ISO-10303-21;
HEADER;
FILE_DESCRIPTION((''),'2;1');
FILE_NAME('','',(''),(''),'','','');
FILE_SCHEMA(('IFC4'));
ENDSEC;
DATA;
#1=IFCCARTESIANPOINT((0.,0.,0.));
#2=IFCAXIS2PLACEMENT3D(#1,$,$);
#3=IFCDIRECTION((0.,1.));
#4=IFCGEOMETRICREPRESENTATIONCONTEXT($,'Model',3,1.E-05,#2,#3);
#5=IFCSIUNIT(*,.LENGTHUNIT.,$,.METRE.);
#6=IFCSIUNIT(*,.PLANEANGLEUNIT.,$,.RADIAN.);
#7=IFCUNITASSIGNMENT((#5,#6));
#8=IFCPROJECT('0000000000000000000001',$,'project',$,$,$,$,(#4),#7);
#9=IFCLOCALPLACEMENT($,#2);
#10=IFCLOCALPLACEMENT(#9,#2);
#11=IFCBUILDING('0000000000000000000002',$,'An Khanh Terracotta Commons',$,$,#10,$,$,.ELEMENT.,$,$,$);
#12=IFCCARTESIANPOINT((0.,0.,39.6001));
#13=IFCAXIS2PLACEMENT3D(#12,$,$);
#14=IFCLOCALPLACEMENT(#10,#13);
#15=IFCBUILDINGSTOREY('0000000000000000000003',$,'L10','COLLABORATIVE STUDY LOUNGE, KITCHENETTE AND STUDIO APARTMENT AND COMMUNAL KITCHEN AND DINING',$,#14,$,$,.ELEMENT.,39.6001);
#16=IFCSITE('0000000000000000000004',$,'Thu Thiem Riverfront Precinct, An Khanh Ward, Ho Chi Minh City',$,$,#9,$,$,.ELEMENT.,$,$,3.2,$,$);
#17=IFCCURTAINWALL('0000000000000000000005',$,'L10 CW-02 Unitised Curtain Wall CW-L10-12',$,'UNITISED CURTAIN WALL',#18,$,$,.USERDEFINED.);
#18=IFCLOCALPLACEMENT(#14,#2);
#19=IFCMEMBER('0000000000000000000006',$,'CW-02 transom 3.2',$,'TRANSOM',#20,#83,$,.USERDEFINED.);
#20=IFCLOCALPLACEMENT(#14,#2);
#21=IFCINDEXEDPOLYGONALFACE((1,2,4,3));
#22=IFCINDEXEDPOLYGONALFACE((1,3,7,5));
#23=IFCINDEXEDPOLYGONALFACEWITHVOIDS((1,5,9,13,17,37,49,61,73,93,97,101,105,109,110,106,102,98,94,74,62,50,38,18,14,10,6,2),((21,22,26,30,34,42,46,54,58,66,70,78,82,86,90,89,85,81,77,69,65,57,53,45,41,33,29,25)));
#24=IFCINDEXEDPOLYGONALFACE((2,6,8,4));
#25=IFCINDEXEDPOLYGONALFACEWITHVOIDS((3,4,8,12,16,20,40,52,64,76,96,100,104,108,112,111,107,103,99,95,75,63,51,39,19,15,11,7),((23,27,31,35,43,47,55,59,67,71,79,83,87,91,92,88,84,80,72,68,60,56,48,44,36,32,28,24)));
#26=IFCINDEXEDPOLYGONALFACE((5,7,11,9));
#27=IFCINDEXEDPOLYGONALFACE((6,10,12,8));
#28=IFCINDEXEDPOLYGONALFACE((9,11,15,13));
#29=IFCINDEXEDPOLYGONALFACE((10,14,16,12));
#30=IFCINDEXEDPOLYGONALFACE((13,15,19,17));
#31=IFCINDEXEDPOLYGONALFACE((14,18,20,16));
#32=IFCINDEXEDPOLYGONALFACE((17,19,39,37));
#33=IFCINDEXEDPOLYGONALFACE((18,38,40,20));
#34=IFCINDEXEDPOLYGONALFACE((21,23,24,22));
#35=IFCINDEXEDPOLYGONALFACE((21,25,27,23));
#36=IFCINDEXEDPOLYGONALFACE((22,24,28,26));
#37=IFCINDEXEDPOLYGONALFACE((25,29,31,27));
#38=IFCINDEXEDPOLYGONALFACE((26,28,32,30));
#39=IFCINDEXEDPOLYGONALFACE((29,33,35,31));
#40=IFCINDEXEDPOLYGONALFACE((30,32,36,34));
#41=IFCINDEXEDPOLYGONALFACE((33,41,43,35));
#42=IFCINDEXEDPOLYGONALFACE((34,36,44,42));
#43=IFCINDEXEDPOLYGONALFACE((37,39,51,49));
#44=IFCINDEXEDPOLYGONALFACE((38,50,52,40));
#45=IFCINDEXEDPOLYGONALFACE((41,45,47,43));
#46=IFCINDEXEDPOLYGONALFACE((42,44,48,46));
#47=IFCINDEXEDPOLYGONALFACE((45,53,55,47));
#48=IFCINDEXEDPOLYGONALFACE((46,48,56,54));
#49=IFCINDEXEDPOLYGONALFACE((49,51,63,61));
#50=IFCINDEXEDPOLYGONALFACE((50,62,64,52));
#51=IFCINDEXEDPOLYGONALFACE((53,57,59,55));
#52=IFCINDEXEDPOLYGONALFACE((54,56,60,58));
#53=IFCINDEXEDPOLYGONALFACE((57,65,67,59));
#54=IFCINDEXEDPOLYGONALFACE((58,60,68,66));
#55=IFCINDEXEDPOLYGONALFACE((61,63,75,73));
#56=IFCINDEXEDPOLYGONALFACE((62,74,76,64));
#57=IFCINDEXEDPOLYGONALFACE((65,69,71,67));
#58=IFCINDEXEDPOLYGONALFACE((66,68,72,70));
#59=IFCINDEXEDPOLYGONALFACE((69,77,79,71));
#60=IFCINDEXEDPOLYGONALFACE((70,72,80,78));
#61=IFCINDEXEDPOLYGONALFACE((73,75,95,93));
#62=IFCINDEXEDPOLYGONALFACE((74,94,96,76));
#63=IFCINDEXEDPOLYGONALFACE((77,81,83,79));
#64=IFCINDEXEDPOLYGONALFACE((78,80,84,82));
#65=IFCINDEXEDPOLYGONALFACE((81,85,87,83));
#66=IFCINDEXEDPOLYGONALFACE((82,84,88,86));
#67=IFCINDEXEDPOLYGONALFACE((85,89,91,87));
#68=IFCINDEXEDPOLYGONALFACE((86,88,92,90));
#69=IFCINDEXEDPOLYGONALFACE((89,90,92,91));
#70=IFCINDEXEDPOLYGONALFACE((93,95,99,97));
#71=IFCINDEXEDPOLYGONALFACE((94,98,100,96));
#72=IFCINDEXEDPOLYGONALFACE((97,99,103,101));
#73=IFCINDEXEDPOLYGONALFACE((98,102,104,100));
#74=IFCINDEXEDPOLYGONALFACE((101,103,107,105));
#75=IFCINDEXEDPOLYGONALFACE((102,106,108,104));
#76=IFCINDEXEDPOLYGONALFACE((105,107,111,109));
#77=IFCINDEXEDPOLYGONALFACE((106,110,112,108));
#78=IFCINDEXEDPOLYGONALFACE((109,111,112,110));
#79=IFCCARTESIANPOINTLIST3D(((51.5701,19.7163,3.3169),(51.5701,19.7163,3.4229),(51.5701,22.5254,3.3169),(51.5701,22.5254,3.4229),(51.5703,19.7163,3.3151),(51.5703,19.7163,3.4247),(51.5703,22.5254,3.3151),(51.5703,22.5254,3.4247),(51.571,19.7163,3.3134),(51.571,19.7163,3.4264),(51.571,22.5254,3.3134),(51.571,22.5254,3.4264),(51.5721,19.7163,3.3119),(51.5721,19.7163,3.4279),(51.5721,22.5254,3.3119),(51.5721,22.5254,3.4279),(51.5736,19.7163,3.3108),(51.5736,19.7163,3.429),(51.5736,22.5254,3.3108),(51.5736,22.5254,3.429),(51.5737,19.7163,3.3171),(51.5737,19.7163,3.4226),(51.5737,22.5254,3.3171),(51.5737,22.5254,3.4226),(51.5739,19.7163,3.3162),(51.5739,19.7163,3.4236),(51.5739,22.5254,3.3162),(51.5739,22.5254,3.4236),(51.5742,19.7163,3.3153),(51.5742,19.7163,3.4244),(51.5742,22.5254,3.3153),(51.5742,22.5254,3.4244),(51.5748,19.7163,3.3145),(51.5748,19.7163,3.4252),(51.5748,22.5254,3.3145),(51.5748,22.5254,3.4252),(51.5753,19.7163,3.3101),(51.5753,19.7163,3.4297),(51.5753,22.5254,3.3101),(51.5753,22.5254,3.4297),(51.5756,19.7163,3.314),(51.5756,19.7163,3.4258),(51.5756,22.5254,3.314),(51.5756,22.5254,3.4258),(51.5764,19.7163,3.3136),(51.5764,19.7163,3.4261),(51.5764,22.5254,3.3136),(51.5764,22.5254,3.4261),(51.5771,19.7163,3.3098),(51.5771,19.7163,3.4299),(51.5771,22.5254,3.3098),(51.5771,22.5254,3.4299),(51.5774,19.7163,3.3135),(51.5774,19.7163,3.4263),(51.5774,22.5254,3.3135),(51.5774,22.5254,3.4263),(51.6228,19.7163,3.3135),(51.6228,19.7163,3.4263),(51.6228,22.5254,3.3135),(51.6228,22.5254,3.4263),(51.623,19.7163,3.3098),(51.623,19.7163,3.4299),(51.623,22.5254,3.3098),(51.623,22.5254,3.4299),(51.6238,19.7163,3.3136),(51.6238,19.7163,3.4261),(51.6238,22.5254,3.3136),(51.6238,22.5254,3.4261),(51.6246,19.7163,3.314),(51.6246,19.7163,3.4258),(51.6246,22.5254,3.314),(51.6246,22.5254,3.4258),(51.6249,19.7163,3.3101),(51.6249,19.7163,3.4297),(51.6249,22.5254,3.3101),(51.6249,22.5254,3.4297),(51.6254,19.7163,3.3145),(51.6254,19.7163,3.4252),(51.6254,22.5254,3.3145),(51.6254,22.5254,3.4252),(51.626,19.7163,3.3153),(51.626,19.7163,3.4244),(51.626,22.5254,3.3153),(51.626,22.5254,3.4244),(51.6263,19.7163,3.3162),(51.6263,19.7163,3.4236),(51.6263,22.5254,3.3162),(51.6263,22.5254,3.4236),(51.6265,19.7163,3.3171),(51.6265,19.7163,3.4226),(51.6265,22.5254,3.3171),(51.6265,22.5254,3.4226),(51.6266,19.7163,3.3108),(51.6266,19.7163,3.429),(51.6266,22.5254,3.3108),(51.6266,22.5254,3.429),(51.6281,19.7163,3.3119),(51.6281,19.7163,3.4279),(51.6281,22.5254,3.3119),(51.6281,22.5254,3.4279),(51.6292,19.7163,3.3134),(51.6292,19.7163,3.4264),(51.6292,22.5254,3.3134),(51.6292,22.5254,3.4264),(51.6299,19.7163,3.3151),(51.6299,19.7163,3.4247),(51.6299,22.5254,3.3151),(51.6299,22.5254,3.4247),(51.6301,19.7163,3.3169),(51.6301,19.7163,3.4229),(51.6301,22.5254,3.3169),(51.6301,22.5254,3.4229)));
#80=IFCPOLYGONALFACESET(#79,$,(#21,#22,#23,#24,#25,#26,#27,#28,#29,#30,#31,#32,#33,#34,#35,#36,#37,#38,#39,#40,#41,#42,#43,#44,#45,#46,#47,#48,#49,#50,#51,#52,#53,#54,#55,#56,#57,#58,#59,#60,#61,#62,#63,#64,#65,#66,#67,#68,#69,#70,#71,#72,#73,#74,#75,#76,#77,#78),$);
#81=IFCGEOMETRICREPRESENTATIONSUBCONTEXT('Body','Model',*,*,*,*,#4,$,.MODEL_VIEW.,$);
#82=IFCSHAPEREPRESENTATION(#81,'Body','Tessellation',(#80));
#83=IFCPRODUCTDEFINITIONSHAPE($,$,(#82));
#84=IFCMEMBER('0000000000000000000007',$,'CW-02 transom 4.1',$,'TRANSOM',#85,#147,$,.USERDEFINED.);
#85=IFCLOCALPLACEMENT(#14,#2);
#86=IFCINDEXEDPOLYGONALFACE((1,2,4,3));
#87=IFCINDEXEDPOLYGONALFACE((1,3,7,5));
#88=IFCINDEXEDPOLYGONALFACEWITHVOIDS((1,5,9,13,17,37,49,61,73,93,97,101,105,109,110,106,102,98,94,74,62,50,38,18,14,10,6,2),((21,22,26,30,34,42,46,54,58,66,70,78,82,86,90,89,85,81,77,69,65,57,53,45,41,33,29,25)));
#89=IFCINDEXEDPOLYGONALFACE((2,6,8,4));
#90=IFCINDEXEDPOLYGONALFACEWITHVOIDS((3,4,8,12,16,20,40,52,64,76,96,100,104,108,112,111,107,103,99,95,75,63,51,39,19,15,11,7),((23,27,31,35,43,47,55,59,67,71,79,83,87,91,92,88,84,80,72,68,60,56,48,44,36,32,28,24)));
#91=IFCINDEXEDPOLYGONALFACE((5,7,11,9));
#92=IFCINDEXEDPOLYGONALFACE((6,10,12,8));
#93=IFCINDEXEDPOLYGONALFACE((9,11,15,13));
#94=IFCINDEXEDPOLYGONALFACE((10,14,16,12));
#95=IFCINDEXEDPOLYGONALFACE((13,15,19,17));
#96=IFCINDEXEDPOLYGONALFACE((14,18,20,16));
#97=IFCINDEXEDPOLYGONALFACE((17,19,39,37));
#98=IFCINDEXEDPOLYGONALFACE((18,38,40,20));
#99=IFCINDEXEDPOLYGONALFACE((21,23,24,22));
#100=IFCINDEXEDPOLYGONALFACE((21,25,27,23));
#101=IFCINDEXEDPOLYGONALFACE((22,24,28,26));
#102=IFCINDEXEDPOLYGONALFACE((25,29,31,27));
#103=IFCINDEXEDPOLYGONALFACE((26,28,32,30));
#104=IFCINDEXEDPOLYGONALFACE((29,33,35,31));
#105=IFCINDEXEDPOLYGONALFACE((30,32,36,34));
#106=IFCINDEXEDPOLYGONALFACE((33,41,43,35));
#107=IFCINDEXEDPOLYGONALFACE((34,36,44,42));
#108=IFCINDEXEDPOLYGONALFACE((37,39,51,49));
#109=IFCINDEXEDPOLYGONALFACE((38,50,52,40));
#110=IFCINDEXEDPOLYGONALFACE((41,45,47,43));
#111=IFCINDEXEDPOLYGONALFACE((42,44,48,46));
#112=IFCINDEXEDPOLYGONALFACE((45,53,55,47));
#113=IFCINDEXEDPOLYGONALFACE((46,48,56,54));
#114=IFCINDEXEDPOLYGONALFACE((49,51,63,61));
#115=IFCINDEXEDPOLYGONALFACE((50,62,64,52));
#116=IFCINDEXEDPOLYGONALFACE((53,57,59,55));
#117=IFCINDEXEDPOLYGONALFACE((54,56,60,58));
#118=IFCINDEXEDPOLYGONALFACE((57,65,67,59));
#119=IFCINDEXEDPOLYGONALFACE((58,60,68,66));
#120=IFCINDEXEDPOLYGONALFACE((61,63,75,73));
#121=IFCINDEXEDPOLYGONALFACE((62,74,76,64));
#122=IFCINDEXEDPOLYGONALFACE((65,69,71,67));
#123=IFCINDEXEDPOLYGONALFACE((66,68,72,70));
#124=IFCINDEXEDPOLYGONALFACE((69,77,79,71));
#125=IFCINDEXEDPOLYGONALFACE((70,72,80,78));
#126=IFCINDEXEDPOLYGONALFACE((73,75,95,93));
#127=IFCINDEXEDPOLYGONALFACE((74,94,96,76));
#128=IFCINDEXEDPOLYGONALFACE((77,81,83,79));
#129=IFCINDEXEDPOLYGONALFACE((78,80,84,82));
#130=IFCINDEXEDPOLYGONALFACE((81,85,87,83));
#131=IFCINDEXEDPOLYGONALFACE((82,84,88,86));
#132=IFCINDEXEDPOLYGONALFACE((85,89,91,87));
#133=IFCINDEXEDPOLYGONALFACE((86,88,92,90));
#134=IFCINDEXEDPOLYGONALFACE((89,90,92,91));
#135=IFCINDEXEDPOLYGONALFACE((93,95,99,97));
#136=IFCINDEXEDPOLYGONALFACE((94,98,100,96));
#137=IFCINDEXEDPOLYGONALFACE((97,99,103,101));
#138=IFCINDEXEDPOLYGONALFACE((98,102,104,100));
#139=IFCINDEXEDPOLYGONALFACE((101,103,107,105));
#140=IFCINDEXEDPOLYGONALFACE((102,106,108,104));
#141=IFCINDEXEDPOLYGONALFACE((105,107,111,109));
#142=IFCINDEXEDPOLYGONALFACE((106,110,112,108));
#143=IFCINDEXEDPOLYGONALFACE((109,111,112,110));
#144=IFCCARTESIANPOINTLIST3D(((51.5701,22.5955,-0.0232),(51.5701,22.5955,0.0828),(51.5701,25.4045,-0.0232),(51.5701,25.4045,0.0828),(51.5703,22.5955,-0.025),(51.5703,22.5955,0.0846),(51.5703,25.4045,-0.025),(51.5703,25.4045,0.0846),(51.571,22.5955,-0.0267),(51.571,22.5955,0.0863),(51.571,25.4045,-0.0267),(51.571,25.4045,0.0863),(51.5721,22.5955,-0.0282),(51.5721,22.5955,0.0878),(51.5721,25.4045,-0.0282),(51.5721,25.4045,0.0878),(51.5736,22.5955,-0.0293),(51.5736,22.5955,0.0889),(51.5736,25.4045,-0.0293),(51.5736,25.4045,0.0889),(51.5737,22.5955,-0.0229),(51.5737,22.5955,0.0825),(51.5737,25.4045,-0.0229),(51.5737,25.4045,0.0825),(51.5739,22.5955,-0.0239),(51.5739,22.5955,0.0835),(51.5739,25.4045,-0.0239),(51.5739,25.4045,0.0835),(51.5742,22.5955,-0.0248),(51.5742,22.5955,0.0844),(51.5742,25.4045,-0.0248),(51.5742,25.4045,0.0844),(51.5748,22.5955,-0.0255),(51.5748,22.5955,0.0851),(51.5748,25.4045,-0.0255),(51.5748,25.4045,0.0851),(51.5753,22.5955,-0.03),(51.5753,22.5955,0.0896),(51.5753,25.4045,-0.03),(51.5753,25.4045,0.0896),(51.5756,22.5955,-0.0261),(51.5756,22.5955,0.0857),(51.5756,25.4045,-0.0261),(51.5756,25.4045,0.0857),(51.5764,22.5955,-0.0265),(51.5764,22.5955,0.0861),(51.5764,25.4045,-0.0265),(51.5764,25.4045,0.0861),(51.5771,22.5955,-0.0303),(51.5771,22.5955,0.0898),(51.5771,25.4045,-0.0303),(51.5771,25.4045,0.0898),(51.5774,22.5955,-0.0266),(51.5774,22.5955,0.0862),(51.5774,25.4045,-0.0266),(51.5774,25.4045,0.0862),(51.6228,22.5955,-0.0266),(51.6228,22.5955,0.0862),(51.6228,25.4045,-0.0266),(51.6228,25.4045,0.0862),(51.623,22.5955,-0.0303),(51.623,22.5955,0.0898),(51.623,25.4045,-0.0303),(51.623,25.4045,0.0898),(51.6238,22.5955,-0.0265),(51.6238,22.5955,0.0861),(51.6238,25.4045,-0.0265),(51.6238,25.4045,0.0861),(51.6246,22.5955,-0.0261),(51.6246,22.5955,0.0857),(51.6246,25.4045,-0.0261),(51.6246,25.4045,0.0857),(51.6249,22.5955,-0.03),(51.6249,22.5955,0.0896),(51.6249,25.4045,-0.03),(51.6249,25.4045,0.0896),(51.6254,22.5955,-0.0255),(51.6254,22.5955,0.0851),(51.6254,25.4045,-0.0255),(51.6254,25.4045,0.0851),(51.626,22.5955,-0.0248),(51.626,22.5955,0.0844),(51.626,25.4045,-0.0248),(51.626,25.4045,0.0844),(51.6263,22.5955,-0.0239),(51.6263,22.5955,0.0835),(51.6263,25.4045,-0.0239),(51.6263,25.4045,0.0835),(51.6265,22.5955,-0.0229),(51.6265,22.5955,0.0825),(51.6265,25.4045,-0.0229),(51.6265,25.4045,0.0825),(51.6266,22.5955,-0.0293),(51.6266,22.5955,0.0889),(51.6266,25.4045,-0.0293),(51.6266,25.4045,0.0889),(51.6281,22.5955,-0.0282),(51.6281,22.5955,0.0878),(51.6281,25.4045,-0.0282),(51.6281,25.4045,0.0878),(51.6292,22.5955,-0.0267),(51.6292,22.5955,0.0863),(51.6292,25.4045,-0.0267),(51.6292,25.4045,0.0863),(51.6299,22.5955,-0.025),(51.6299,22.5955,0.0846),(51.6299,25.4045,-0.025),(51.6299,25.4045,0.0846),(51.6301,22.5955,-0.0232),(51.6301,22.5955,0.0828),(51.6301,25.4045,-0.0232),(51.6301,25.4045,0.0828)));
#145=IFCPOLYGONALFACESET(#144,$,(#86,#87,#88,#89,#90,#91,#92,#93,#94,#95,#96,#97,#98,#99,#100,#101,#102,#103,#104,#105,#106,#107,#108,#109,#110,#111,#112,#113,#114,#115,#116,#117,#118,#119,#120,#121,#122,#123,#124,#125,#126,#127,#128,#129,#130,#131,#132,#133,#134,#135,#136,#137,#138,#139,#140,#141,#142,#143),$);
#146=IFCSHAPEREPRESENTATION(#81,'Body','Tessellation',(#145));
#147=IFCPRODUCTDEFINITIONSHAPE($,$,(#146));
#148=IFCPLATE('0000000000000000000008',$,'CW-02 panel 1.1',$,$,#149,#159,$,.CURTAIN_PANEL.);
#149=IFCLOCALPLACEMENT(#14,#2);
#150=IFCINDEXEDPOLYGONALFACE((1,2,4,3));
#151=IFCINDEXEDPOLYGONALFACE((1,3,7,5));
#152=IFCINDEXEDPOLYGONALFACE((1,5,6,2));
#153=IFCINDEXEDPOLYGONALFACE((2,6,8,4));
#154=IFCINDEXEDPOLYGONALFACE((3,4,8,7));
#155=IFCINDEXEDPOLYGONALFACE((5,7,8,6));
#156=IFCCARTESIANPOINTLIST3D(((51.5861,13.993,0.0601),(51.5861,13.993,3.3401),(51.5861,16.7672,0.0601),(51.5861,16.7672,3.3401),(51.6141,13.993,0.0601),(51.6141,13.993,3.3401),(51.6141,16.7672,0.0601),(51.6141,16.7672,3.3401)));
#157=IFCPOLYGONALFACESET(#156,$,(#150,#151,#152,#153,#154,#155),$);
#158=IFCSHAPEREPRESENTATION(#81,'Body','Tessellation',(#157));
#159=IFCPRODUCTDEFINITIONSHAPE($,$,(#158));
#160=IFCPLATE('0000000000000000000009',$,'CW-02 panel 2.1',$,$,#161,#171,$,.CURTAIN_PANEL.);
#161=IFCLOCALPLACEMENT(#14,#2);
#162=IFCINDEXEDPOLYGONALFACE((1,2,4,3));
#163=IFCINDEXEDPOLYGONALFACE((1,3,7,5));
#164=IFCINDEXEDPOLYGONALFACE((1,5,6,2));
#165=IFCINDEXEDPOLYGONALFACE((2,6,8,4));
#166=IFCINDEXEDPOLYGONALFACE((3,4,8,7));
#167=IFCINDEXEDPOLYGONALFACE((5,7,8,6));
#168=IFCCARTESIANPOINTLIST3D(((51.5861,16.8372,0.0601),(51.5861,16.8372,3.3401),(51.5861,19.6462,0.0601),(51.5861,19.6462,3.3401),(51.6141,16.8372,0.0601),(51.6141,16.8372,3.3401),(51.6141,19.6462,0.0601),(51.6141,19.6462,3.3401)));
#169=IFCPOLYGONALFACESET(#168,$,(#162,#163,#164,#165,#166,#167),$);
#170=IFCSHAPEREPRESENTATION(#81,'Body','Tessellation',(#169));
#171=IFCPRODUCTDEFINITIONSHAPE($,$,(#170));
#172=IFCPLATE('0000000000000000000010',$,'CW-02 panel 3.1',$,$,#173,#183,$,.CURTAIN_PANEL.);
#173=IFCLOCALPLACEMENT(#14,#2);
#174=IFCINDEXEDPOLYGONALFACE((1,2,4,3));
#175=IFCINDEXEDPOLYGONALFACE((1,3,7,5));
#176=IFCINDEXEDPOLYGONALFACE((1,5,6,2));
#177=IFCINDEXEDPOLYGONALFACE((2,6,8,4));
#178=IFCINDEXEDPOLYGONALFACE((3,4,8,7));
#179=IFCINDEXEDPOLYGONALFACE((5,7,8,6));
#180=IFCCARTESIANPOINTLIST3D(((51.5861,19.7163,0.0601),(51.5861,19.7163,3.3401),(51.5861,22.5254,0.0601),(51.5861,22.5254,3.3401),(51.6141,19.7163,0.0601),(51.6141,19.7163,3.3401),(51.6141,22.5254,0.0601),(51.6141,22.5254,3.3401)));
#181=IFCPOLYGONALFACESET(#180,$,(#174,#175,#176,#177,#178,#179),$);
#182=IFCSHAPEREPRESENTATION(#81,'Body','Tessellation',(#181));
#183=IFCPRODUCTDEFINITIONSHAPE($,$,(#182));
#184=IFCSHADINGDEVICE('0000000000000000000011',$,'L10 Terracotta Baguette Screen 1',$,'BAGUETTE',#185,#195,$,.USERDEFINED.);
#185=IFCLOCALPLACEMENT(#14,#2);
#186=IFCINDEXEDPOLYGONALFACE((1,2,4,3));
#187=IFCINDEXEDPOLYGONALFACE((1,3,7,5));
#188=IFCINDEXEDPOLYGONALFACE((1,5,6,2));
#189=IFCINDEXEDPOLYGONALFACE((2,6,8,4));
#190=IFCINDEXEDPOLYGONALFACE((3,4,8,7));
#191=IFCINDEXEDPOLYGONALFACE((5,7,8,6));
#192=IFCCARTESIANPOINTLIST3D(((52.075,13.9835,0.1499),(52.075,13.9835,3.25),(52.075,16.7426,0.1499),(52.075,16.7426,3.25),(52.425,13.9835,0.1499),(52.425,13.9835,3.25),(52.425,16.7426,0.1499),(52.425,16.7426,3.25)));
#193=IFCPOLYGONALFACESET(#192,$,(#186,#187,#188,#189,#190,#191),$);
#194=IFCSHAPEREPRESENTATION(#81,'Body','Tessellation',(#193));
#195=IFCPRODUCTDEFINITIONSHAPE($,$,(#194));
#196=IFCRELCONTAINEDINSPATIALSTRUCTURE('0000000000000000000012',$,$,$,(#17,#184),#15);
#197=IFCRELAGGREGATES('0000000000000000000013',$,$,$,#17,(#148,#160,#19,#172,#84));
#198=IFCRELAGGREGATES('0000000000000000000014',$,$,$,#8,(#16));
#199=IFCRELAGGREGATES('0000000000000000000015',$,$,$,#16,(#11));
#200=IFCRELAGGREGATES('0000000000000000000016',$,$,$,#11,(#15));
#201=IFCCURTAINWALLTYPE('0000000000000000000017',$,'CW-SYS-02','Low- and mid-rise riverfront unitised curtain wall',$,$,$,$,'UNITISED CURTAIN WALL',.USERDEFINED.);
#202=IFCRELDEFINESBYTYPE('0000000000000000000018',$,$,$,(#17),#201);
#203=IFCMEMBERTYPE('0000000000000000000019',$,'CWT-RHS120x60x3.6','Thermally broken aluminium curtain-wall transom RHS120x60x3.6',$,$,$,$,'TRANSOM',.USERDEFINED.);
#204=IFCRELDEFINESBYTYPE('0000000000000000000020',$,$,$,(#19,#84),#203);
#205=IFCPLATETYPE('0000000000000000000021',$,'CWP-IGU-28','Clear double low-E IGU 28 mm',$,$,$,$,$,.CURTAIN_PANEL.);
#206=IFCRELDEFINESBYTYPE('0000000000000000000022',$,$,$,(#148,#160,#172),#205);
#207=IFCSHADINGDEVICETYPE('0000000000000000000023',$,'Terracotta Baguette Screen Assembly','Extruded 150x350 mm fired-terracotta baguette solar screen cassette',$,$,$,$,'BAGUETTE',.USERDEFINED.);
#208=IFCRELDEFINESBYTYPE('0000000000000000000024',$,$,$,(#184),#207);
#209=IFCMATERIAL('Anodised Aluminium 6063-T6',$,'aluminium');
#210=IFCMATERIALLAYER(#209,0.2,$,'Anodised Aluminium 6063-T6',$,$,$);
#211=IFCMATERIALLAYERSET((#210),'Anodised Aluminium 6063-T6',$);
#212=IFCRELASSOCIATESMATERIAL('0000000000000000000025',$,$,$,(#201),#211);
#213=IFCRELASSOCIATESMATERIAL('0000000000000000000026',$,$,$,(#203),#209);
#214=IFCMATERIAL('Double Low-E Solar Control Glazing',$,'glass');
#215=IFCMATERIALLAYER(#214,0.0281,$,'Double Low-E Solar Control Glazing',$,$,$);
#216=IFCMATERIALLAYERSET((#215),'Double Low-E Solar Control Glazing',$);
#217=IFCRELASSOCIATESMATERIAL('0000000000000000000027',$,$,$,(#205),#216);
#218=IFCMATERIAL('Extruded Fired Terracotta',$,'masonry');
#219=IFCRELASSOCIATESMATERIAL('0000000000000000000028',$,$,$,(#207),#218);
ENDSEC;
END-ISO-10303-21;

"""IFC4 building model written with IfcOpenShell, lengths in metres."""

from ifc_helpers import new_model, si_unit, direction, frame, origin, origin_2d, place, context, subcontext, project, spatial, rectangle, hollow_rectangle, extrude, material, layer, layer_set, material_profile, profile_set, type_object, element, aggregate, save


model = new_model("IFC4")

# Units and contexts
model_context = context("Model", 3, precision=1e-05, world=origin(), true_north=direction((0.0, 1.0)))
body_context = subcontext(model_context, "Body", "Model", "MODEL_VIEW")
ifc_project = project(units=[si_unit("LENGTHUNIT", "METRE"), si_unit("PLANEANGLEUNIT", "RADIAN")], contexts=[model_context])

# Site, building, storey
site_placement = place(None, origin())
site = spatial("IfcSite", under=ifc_project, at=site_placement, Name="Thu Thiem Riverfront Precinct, An Khanh Ward, Ho Chi Minh City", CompositionType="ELEMENT", RefElevation=3.2)
building_placement = place(site_placement, origin())
building = spatial("IfcBuilding", under=site, at=building_placement, Name="An Khanh Terracotta Commons", CompositionType="ELEMENT")
storey_placement = place(building_placement, frame((0.0, 0.0, 39.6001)))
storey = spatial("IfcBuildingStorey", under=building, at=storey_placement, Name="L10", Description="COLLABORATIVE STUDY LOUNGE, KITCHENETTE AND STUDIO APARTMENT AND COMMUNAL KITCHEN AND DINING", CompositionType="ELEMENT", Elevation=39.6001)

# Curtain wall, members, plates
ifc_material_1 = material(Name="Anodised Aluminium 6063-T6", Category="aluminium")
ifc_layer_1 = layer(ifc_material_1, 0.2, Name="Anodised Aluminium 6063-T6")
ifc_layer_set_1 = layer_set([ifc_layer_1], Name="Anodised Aluminium 6063-T6")
curtain_wall_type = type_object("IfcCurtainWallType", Name="CW-SYS-02", Description="Low- and mid-rise riverfront unitised curtain wall", ElementType="UNITISED CURTAIN WALL", PredefinedType="USERDEFINED", material=ifc_layer_set_1)
curtain_wall_placement = place(storey_placement, origin())
curtain_wall = element("IfcCurtainWall", 1, at=curtain_wall_placement, inside=storey, type_object=curtain_wall_type, Name="L10 CW-02 Unitised Curtain Wall CW-L10-12", ObjectType="UNITISED CURTAIN WALL", PredefinedType="USERDEFINED")
ifc_material_profile_1 = material_profile(ifc_material_1, hollow_rectangle(XDim=0.0601, YDim=0.1201, WallThickness=0.0037, InnerFilletRadius=0.0037, OuterFilletRadius=0.0071, at=origin_2d()), Name="RHS120x60x3.6")
ifc_profile_set_1 = profile_set([ifc_material_profile_1], Name="Anodised Aluminium 6063-T6")
member_type_1 = type_object("IfcMemberType", Name="CWT-RHS120x60x3.6", Description="Thermally broken aluminium curtain-wall transom RHS120x60x3.6", ElementType="TRANSOM", PredefinedType="USERDEFINED", material=ifc_profile_set_1)
member_1_placement = place(storey_placement, frame((51.6001, 19.7163, 3.3699), z_axis=(0.0, 1.0, 0.0), x_axis=(-1.0, 0.0, 0.0)))
member_1 = element("IfcMember", 2, at=member_1_placement, type_object=member_type_1, Name="CW-02 transom 3.2", ObjectType="TRANSOM", PredefinedType="USERDEFINED", context=body_context, shape_type="SweptSolid", body=[
    extrude(hollow_rectangle(XDim=0.0601, YDim=0.1201, WallThickness=0.0037, InnerFilletRadius=0.0037, OuterFilletRadius=0.0071, at=origin_2d()), origin(), (0.0, 0.0, 1.0), 2.8091),
])
member_2_placement = place(storey_placement, frame((51.6001, 22.5955, 0.0298), z_axis=(0.0, 1.0, 0.0), x_axis=(-1.0, 0.0, 0.0)))
member_2 = element("IfcMember", 3, at=member_2_placement, type_object=member_type_1, Name="CW-02 transom 4.1", ObjectType="TRANSOM", PredefinedType="USERDEFINED", context=body_context, shape_type="SweptSolid", body=[
    extrude(hollow_rectangle(XDim=0.0601, YDim=0.1201, WallThickness=0.0037, InnerFilletRadius=0.0037, OuterFilletRadius=0.0071, at=origin_2d()), origin(), (0.0, 0.0, 1.0), 2.8091),
])
ifc_material_2 = material(Name="Double Low-E Solar Control Glazing", Category="glass")
ifc_layer_2 = layer(ifc_material_2, 0.0281, Name="Double Low-E Solar Control Glazing")
ifc_layer_set_2 = layer_set([ifc_layer_2], Name="Double Low-E Solar Control Glazing")
plate_type = type_object("IfcPlateType", Name="CWP-IGU-28", Description="Clear double low-E IGU 28 mm", PredefinedType="CURTAIN_PANEL", material=ifc_layer_set_2)
plate_1_placement = place(storey_placement, frame((51.6001, 15.3801, 0.0601), z_axis=(0.0, 0.0, 1.0), x_axis=(0.0, 1.0, 0.0)))
plate_1 = element("IfcPlate", 4, at=plate_1_placement, type_object=plate_type, Name="CW-02 panel 1.1", PredefinedType="CURTAIN_PANEL", context=body_context, shape_type="SweptSolid", body=[
    extrude(rectangle(XDim=2.7742, YDim=0.0281, at=origin_2d()), origin(), (0.0, 0.0, 1.0), 3.28),
])
plate_2_placement = place(storey_placement, frame((51.6001, 18.2417, 0.0601), z_axis=(0.0, 0.0, 1.0), x_axis=(0.0, 1.0, 0.0)))
plate_2 = element("IfcPlate", 5, at=plate_2_placement, type_object=plate_type, Name="CW-02 panel 2.1", PredefinedType="CURTAIN_PANEL", context=body_context, shape_type="SweptSolid", body=[
    extrude(rectangle(XDim=2.8091, YDim=0.0281, at=origin_2d()), origin(), (0.0, 0.0, 1.0), 3.28),
])
plate_3_placement = place(storey_placement, frame((51.6001, 21.1208, 0.0601), z_axis=(0.0, 0.0, 1.0), x_axis=(0.0, 1.0, 0.0)))
plate_3 = element("IfcPlate", 6, at=plate_3_placement, type_object=plate_type, Name="CW-02 panel 3.1", PredefinedType="CURTAIN_PANEL", context=body_context, shape_type="SweptSolid", body=[
    extrude(rectangle(XDim=2.8091, YDim=0.0281, at=origin_2d()), origin(), (0.0, 0.0, 1.0), 3.28),
])
aggregate(curtain_wall, [plate_1, plate_2, member_1, plate_3, member_2])

# Shading device
ifc_material_3 = material(Name="Extruded Fired Terracotta", Category="masonry")
shading_device_type = type_object("IfcShadingDeviceType", Name="Terracotta Baguette Screen Assembly", Description="Extruded 150x350 mm fired-terracotta baguette solar screen cassette", ElementType="BAGUETTE", PredefinedType="USERDEFINED", material=ifc_material_3)
for number, where, z_axis, x_axis, name in (
    (7, (52.25, 15.363, 0.1499), (0.0, 0.0, 1.0), (0.0, 1.0, 0.0), "L10 Terracotta Baguette Screen 1"),
):
    element("IfcShadingDevice", number, at=place(storey_placement, frame(where, z_axis=z_axis, x_axis=x_axis)), inside=storey, type_object=shading_device_type, Name=name, ObjectType="BAGUETTE", PredefinedType="USERDEFINED", context=body_context, shape_type="SweptSolid", body=[
        extrude(rectangle(XDim=2.759, YDim=0.3501, at=origin_2d()), origin(), (0.0, 0.0, 1.0), 3.1001),
    ])

save(model, "model.ifc")
